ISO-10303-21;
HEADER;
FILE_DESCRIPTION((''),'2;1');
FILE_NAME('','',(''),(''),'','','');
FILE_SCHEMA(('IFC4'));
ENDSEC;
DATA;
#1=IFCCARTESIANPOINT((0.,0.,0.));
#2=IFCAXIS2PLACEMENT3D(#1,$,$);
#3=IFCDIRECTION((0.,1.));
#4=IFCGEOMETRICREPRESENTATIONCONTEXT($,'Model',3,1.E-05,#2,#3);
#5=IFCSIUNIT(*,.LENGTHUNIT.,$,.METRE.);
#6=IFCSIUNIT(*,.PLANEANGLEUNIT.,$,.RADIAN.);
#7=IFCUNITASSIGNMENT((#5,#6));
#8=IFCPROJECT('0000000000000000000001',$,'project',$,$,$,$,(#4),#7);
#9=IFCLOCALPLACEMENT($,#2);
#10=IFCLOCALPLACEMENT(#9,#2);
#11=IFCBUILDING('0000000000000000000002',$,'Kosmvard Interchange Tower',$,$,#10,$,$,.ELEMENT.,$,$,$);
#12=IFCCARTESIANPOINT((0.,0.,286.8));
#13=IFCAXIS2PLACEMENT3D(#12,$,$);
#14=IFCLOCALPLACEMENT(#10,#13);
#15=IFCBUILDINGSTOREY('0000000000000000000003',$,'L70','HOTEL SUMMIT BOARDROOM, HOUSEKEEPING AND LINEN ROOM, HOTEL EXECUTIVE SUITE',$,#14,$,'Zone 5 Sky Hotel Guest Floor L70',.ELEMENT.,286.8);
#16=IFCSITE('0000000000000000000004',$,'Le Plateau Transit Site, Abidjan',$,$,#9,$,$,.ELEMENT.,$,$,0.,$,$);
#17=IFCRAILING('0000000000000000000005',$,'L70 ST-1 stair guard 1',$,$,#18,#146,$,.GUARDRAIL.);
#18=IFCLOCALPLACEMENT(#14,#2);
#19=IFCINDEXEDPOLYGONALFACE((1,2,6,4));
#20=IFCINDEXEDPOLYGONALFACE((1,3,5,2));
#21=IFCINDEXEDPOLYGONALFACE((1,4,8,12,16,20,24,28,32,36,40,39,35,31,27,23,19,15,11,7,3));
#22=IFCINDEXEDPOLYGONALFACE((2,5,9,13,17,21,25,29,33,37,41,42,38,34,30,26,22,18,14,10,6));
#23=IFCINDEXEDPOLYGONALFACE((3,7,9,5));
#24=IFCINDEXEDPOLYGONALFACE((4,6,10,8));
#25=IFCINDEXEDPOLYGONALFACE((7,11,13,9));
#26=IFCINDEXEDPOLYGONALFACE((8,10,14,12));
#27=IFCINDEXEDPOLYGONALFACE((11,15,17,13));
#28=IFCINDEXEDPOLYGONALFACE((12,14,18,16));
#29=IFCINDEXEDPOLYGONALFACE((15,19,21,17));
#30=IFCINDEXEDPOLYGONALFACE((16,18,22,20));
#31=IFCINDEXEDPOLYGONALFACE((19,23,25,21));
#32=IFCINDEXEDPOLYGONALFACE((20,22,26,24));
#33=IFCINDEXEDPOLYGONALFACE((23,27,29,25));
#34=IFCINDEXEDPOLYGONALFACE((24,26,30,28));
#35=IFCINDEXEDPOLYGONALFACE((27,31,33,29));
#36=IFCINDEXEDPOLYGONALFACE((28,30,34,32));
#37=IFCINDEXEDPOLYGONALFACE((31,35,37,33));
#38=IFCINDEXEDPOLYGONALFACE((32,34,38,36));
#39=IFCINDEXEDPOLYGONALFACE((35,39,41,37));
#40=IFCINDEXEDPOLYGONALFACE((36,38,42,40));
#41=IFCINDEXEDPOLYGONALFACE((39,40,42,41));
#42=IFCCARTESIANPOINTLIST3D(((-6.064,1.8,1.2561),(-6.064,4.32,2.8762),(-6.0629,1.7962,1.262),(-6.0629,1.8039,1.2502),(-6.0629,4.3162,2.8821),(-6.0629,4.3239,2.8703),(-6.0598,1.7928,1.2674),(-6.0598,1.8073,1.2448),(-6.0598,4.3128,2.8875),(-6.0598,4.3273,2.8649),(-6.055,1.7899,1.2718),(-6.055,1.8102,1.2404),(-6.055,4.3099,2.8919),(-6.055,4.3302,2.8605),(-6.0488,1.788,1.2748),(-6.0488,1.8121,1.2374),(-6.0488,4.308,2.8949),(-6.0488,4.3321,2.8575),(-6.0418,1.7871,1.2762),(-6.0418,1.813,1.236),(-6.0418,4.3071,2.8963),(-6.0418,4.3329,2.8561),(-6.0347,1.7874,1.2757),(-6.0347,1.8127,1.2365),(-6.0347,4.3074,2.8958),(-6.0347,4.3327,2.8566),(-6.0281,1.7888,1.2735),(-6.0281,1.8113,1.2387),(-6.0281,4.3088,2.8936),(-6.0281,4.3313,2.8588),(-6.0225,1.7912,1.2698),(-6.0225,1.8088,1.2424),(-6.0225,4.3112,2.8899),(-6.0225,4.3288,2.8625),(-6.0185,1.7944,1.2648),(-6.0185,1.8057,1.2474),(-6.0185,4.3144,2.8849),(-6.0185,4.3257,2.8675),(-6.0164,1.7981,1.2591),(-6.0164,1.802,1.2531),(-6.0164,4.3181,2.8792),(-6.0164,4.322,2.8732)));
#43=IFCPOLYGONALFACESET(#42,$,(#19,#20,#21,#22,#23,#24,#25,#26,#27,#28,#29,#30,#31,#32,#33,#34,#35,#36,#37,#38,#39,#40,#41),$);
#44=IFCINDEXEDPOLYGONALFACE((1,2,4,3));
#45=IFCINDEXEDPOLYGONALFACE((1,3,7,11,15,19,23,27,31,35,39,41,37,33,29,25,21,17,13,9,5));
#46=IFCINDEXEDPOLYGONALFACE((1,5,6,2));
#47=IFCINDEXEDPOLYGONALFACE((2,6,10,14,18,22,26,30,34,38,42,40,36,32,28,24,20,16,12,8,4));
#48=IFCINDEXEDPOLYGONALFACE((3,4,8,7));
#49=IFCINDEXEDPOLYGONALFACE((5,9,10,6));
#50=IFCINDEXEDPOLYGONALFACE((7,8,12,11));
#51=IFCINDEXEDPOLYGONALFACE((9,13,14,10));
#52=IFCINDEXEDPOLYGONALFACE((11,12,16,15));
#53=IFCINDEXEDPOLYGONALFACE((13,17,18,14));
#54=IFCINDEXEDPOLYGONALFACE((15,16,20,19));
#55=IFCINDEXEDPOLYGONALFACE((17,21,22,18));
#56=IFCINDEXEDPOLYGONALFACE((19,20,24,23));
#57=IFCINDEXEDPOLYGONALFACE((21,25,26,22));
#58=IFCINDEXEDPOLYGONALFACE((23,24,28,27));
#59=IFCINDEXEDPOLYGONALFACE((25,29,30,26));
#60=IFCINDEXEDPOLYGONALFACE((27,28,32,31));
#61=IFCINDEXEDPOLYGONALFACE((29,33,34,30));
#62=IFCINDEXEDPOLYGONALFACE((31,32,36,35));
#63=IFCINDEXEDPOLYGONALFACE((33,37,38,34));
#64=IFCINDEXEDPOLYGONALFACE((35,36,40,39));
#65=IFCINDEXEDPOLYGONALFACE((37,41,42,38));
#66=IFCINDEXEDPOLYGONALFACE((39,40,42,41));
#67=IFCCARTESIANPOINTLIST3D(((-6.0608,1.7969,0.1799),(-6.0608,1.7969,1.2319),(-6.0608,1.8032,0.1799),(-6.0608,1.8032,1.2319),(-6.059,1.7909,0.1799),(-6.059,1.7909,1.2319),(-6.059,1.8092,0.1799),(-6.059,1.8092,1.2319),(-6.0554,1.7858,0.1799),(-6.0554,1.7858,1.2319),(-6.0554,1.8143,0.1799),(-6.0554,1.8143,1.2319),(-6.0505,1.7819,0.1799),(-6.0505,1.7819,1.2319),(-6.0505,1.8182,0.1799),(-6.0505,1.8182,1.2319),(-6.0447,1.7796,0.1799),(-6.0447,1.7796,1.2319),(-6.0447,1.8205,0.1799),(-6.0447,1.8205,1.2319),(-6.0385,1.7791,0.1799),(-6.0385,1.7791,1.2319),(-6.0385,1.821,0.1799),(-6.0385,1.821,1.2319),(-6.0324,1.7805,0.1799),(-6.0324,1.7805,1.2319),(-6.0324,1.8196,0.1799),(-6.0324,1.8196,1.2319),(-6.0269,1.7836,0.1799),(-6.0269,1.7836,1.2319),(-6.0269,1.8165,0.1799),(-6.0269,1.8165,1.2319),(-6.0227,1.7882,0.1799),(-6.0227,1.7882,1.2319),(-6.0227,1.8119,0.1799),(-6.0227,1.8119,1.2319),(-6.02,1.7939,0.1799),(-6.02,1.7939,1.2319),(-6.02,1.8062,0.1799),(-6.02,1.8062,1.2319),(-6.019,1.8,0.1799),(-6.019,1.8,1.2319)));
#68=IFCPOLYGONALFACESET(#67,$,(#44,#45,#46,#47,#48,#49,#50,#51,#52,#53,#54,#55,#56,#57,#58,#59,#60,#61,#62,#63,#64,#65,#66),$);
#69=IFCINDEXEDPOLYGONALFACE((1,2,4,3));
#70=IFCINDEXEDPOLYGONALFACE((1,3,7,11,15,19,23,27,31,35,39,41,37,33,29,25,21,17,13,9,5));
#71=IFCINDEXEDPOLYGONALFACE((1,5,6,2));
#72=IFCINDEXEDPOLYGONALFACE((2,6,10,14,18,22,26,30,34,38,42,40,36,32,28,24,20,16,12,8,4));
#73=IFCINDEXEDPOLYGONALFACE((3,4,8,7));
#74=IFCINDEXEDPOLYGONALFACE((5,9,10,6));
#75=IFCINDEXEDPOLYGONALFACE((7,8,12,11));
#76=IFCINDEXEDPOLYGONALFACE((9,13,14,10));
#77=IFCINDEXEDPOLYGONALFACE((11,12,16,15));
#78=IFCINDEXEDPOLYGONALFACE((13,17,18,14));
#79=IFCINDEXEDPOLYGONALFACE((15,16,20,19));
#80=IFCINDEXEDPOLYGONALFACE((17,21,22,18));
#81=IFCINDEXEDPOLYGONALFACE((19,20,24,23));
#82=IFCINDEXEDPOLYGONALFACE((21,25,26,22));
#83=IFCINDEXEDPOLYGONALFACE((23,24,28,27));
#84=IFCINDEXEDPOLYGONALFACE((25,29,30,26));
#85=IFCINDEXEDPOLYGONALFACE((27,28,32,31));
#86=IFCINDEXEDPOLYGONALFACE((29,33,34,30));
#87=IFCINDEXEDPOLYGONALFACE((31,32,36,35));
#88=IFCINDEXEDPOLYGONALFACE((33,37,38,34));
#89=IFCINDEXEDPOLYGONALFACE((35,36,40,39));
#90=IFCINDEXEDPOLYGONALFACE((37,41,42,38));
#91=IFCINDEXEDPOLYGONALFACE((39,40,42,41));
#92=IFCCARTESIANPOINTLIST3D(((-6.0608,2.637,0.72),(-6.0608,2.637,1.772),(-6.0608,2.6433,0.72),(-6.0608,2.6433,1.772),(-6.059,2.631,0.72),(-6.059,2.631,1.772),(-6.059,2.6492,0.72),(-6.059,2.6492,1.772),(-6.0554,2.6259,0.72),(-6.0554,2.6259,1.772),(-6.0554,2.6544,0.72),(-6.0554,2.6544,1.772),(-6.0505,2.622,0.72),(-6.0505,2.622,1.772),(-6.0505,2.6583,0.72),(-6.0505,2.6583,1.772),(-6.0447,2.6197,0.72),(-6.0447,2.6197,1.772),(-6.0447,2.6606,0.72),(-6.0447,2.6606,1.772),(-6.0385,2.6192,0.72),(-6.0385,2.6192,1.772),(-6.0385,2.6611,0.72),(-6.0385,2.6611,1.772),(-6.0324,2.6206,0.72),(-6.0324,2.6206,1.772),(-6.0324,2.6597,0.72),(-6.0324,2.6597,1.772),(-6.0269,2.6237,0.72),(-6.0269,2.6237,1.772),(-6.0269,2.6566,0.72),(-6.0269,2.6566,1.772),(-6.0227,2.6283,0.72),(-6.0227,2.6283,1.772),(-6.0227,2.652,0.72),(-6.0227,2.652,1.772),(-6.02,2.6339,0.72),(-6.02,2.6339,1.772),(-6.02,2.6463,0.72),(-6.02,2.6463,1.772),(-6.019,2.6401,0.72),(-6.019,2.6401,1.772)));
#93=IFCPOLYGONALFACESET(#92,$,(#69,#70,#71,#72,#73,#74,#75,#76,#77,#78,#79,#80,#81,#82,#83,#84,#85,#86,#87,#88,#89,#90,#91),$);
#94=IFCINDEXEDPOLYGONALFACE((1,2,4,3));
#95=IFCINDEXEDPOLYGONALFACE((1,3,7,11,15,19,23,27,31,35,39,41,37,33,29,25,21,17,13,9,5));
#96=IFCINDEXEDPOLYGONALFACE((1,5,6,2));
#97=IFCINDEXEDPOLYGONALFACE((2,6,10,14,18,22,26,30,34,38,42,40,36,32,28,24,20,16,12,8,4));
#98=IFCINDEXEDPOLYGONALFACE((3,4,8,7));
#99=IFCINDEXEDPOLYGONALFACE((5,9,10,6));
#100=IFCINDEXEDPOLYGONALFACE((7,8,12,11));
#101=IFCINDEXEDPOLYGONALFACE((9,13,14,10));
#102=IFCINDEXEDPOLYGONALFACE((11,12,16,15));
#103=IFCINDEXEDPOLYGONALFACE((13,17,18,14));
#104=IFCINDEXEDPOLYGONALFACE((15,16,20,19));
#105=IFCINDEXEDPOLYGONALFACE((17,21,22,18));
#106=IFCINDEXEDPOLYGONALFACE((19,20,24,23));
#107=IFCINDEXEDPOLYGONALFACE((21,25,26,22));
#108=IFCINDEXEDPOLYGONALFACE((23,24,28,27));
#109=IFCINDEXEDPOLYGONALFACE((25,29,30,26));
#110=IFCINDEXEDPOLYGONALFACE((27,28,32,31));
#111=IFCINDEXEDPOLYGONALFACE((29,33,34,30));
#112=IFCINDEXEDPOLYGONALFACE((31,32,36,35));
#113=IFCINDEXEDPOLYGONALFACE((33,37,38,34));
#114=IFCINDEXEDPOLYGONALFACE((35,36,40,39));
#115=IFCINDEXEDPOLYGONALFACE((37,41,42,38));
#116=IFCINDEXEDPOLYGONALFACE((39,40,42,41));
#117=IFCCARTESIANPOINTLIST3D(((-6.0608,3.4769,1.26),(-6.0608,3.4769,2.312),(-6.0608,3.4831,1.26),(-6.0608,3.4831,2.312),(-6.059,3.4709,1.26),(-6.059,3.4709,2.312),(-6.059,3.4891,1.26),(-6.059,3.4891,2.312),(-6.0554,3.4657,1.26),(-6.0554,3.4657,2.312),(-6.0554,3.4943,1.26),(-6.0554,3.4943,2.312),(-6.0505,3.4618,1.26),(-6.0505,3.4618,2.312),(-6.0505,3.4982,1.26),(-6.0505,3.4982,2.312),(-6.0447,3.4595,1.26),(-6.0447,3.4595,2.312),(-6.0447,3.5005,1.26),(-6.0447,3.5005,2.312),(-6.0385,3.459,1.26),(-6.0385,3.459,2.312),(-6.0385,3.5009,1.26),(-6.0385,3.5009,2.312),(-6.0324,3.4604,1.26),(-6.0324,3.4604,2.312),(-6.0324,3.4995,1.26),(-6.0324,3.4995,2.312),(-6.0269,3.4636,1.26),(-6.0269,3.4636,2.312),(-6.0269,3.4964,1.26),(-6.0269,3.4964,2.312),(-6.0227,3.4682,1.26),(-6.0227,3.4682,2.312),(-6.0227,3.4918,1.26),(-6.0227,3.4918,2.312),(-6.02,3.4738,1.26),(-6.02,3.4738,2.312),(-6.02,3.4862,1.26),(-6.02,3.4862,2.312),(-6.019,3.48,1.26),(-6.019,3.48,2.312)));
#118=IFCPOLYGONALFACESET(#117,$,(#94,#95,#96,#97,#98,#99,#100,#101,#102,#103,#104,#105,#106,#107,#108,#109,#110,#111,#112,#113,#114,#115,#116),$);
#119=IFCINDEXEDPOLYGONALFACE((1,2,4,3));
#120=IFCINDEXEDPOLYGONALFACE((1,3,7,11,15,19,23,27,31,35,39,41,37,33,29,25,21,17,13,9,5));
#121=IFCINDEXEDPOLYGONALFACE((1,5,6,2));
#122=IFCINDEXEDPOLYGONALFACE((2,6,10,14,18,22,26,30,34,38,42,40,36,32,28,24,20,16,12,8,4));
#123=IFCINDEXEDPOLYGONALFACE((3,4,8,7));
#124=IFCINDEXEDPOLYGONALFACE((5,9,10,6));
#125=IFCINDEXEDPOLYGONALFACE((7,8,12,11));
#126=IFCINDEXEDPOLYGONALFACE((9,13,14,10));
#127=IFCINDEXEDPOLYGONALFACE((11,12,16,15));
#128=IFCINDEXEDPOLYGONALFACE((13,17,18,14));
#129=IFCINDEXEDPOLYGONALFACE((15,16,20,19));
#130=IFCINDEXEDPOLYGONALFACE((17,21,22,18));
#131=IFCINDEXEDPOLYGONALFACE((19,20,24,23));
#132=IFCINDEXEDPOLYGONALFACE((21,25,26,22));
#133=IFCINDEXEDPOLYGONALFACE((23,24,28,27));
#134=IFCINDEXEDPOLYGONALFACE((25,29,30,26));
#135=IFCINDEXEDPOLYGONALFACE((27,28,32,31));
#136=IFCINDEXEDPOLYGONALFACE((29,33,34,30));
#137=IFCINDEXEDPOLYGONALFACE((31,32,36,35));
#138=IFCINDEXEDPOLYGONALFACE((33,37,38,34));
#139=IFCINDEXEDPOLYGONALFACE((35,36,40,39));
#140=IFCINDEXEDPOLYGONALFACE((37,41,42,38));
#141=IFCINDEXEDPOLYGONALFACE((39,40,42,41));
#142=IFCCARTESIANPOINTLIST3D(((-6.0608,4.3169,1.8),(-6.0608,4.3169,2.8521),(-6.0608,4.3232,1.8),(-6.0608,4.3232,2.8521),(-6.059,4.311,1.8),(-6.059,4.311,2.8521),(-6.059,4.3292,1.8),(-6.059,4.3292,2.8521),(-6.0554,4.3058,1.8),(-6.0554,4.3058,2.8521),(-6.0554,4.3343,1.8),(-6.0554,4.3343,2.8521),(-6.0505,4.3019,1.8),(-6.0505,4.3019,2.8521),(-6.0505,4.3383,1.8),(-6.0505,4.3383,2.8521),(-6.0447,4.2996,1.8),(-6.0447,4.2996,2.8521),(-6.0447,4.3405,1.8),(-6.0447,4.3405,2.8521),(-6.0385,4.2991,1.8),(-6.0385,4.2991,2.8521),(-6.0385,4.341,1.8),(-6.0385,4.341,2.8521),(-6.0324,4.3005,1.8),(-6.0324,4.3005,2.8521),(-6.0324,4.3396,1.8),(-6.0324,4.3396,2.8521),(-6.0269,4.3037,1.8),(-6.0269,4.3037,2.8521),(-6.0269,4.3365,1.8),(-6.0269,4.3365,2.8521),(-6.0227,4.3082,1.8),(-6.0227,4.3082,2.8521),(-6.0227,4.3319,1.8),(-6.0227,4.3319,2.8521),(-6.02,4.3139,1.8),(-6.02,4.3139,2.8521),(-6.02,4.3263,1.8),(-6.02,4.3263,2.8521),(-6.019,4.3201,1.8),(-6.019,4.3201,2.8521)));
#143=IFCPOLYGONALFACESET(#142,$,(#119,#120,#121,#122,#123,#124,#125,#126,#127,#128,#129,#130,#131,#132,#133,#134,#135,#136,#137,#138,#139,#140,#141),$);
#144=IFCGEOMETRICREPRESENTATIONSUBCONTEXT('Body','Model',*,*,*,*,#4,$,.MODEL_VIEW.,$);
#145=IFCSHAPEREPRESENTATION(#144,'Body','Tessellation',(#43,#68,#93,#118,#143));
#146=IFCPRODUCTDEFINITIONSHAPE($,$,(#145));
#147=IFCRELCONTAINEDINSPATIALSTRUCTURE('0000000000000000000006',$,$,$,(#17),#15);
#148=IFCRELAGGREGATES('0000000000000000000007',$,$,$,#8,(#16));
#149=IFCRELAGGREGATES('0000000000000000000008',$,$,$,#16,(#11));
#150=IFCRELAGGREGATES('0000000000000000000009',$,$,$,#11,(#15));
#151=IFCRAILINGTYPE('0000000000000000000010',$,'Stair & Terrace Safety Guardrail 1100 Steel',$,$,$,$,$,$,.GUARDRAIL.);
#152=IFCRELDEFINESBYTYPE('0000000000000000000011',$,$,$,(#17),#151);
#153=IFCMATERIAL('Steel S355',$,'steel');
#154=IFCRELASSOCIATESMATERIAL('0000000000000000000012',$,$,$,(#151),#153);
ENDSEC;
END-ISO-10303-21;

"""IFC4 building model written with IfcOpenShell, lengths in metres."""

from ifc_helpers import new_model, si_unit, direction, frame, origin, origin_2d, place, context, subcontext, project, spatial, circle, extrude, source, transform, mapped, material, type_object, element, save


model = new_model("IFC4")

# Units and contexts
model_context = context("Model", 3, precision=1e-05, world=origin(), true_north=direction((0.0, 1.0)))
body_context = subcontext(model_context, "Body", "Model", "MODEL_VIEW")
ifc_project = project(units=[si_unit("LENGTHUNIT", "METRE"), si_unit("PLANEANGLEUNIT", "RADIAN")], contexts=[model_context])

# Site, building, storey
site_placement = place(None, origin())
site = spatial("IfcSite", under=ifc_project, at=site_placement, Name="Le Plateau Transit Site, Abidjan", CompositionType="ELEMENT", RefElevation=0.0)
building_placement = place(site_placement, origin())
building = spatial("IfcBuilding", under=site, at=building_placement, Name="Kosmvard Interchange Tower", CompositionType="ELEMENT")
storey_placement = place(building_placement, frame((0.0, 0.0, 286.8)))
storey = spatial("IfcBuildingStorey", under=building, at=storey_placement, Name="L70", Description="HOTEL SUMMIT BOARDROOM, HOUSEKEEPING AND LINEN ROOM, HOTEL EXECUTIVE SUITE", LongName="Zone 5 Sky Hotel Guest Floor L70", CompositionType="ELEMENT", Elevation=286.8)

# Shared definitions
ifc_material_1 = material(Name="Steel S355", Category="steel")

# Railing
railing_type_1 = type_object("IfcRailingType", Name="Stair & Terrace Safety Guardrail 1100 Steel", PredefinedType="GUARDRAIL", material=ifc_material_1)
shared_shape_1 = source(origin(), body_context, "Body", "SweptSolid", [
    extrude(circle(Radius=0.0239, at=origin_2d()), frame((0.0, 0.0, 1.0762), z_axis=(0.0, 0.841163, 0.540782), x_axis=(-1.0, 0.0, 0.0)), (0.0, 0.0, 1.0), 2.9958),
    extrude(circle(Radius=0.021, at=origin_2d()), origin(), (0.0, 0.0, 1.0), 1.052),
    extrude(circle(Radius=0.021, at=origin_2d()), frame((0.0, 0.8401, 0.54)), (0.0, 0.0, 1.0), 1.052),
    extrude(circle(Radius=0.021, at=origin_2d()), frame((0.0, 1.6799, 1.0801)), (0.0, 0.0, 1.0), 1.052),
    extrude(circle(Radius=0.021, at=origin_2d()), frame((0.0, 2.52, 1.6201)), (0.0, 0.0, 1.0), 1.052),
])
railing_1_placement = place(storey_placement, frame((-6.04, 1.8, 0.1799)))
element("IfcRailing", 1, at=railing_1_placement, inside=storey, type_object=railing_type_1, Name="L70 ST-1 stair guard 1", PredefinedType="GUARDRAIL", context=body_context, shape_type="MappedRepresentation", body=[
    mapped(shared_shape_1, transform((0.0, 0.0, 0.0), scale=1.0)),
])

save(model, "model.ifc")
